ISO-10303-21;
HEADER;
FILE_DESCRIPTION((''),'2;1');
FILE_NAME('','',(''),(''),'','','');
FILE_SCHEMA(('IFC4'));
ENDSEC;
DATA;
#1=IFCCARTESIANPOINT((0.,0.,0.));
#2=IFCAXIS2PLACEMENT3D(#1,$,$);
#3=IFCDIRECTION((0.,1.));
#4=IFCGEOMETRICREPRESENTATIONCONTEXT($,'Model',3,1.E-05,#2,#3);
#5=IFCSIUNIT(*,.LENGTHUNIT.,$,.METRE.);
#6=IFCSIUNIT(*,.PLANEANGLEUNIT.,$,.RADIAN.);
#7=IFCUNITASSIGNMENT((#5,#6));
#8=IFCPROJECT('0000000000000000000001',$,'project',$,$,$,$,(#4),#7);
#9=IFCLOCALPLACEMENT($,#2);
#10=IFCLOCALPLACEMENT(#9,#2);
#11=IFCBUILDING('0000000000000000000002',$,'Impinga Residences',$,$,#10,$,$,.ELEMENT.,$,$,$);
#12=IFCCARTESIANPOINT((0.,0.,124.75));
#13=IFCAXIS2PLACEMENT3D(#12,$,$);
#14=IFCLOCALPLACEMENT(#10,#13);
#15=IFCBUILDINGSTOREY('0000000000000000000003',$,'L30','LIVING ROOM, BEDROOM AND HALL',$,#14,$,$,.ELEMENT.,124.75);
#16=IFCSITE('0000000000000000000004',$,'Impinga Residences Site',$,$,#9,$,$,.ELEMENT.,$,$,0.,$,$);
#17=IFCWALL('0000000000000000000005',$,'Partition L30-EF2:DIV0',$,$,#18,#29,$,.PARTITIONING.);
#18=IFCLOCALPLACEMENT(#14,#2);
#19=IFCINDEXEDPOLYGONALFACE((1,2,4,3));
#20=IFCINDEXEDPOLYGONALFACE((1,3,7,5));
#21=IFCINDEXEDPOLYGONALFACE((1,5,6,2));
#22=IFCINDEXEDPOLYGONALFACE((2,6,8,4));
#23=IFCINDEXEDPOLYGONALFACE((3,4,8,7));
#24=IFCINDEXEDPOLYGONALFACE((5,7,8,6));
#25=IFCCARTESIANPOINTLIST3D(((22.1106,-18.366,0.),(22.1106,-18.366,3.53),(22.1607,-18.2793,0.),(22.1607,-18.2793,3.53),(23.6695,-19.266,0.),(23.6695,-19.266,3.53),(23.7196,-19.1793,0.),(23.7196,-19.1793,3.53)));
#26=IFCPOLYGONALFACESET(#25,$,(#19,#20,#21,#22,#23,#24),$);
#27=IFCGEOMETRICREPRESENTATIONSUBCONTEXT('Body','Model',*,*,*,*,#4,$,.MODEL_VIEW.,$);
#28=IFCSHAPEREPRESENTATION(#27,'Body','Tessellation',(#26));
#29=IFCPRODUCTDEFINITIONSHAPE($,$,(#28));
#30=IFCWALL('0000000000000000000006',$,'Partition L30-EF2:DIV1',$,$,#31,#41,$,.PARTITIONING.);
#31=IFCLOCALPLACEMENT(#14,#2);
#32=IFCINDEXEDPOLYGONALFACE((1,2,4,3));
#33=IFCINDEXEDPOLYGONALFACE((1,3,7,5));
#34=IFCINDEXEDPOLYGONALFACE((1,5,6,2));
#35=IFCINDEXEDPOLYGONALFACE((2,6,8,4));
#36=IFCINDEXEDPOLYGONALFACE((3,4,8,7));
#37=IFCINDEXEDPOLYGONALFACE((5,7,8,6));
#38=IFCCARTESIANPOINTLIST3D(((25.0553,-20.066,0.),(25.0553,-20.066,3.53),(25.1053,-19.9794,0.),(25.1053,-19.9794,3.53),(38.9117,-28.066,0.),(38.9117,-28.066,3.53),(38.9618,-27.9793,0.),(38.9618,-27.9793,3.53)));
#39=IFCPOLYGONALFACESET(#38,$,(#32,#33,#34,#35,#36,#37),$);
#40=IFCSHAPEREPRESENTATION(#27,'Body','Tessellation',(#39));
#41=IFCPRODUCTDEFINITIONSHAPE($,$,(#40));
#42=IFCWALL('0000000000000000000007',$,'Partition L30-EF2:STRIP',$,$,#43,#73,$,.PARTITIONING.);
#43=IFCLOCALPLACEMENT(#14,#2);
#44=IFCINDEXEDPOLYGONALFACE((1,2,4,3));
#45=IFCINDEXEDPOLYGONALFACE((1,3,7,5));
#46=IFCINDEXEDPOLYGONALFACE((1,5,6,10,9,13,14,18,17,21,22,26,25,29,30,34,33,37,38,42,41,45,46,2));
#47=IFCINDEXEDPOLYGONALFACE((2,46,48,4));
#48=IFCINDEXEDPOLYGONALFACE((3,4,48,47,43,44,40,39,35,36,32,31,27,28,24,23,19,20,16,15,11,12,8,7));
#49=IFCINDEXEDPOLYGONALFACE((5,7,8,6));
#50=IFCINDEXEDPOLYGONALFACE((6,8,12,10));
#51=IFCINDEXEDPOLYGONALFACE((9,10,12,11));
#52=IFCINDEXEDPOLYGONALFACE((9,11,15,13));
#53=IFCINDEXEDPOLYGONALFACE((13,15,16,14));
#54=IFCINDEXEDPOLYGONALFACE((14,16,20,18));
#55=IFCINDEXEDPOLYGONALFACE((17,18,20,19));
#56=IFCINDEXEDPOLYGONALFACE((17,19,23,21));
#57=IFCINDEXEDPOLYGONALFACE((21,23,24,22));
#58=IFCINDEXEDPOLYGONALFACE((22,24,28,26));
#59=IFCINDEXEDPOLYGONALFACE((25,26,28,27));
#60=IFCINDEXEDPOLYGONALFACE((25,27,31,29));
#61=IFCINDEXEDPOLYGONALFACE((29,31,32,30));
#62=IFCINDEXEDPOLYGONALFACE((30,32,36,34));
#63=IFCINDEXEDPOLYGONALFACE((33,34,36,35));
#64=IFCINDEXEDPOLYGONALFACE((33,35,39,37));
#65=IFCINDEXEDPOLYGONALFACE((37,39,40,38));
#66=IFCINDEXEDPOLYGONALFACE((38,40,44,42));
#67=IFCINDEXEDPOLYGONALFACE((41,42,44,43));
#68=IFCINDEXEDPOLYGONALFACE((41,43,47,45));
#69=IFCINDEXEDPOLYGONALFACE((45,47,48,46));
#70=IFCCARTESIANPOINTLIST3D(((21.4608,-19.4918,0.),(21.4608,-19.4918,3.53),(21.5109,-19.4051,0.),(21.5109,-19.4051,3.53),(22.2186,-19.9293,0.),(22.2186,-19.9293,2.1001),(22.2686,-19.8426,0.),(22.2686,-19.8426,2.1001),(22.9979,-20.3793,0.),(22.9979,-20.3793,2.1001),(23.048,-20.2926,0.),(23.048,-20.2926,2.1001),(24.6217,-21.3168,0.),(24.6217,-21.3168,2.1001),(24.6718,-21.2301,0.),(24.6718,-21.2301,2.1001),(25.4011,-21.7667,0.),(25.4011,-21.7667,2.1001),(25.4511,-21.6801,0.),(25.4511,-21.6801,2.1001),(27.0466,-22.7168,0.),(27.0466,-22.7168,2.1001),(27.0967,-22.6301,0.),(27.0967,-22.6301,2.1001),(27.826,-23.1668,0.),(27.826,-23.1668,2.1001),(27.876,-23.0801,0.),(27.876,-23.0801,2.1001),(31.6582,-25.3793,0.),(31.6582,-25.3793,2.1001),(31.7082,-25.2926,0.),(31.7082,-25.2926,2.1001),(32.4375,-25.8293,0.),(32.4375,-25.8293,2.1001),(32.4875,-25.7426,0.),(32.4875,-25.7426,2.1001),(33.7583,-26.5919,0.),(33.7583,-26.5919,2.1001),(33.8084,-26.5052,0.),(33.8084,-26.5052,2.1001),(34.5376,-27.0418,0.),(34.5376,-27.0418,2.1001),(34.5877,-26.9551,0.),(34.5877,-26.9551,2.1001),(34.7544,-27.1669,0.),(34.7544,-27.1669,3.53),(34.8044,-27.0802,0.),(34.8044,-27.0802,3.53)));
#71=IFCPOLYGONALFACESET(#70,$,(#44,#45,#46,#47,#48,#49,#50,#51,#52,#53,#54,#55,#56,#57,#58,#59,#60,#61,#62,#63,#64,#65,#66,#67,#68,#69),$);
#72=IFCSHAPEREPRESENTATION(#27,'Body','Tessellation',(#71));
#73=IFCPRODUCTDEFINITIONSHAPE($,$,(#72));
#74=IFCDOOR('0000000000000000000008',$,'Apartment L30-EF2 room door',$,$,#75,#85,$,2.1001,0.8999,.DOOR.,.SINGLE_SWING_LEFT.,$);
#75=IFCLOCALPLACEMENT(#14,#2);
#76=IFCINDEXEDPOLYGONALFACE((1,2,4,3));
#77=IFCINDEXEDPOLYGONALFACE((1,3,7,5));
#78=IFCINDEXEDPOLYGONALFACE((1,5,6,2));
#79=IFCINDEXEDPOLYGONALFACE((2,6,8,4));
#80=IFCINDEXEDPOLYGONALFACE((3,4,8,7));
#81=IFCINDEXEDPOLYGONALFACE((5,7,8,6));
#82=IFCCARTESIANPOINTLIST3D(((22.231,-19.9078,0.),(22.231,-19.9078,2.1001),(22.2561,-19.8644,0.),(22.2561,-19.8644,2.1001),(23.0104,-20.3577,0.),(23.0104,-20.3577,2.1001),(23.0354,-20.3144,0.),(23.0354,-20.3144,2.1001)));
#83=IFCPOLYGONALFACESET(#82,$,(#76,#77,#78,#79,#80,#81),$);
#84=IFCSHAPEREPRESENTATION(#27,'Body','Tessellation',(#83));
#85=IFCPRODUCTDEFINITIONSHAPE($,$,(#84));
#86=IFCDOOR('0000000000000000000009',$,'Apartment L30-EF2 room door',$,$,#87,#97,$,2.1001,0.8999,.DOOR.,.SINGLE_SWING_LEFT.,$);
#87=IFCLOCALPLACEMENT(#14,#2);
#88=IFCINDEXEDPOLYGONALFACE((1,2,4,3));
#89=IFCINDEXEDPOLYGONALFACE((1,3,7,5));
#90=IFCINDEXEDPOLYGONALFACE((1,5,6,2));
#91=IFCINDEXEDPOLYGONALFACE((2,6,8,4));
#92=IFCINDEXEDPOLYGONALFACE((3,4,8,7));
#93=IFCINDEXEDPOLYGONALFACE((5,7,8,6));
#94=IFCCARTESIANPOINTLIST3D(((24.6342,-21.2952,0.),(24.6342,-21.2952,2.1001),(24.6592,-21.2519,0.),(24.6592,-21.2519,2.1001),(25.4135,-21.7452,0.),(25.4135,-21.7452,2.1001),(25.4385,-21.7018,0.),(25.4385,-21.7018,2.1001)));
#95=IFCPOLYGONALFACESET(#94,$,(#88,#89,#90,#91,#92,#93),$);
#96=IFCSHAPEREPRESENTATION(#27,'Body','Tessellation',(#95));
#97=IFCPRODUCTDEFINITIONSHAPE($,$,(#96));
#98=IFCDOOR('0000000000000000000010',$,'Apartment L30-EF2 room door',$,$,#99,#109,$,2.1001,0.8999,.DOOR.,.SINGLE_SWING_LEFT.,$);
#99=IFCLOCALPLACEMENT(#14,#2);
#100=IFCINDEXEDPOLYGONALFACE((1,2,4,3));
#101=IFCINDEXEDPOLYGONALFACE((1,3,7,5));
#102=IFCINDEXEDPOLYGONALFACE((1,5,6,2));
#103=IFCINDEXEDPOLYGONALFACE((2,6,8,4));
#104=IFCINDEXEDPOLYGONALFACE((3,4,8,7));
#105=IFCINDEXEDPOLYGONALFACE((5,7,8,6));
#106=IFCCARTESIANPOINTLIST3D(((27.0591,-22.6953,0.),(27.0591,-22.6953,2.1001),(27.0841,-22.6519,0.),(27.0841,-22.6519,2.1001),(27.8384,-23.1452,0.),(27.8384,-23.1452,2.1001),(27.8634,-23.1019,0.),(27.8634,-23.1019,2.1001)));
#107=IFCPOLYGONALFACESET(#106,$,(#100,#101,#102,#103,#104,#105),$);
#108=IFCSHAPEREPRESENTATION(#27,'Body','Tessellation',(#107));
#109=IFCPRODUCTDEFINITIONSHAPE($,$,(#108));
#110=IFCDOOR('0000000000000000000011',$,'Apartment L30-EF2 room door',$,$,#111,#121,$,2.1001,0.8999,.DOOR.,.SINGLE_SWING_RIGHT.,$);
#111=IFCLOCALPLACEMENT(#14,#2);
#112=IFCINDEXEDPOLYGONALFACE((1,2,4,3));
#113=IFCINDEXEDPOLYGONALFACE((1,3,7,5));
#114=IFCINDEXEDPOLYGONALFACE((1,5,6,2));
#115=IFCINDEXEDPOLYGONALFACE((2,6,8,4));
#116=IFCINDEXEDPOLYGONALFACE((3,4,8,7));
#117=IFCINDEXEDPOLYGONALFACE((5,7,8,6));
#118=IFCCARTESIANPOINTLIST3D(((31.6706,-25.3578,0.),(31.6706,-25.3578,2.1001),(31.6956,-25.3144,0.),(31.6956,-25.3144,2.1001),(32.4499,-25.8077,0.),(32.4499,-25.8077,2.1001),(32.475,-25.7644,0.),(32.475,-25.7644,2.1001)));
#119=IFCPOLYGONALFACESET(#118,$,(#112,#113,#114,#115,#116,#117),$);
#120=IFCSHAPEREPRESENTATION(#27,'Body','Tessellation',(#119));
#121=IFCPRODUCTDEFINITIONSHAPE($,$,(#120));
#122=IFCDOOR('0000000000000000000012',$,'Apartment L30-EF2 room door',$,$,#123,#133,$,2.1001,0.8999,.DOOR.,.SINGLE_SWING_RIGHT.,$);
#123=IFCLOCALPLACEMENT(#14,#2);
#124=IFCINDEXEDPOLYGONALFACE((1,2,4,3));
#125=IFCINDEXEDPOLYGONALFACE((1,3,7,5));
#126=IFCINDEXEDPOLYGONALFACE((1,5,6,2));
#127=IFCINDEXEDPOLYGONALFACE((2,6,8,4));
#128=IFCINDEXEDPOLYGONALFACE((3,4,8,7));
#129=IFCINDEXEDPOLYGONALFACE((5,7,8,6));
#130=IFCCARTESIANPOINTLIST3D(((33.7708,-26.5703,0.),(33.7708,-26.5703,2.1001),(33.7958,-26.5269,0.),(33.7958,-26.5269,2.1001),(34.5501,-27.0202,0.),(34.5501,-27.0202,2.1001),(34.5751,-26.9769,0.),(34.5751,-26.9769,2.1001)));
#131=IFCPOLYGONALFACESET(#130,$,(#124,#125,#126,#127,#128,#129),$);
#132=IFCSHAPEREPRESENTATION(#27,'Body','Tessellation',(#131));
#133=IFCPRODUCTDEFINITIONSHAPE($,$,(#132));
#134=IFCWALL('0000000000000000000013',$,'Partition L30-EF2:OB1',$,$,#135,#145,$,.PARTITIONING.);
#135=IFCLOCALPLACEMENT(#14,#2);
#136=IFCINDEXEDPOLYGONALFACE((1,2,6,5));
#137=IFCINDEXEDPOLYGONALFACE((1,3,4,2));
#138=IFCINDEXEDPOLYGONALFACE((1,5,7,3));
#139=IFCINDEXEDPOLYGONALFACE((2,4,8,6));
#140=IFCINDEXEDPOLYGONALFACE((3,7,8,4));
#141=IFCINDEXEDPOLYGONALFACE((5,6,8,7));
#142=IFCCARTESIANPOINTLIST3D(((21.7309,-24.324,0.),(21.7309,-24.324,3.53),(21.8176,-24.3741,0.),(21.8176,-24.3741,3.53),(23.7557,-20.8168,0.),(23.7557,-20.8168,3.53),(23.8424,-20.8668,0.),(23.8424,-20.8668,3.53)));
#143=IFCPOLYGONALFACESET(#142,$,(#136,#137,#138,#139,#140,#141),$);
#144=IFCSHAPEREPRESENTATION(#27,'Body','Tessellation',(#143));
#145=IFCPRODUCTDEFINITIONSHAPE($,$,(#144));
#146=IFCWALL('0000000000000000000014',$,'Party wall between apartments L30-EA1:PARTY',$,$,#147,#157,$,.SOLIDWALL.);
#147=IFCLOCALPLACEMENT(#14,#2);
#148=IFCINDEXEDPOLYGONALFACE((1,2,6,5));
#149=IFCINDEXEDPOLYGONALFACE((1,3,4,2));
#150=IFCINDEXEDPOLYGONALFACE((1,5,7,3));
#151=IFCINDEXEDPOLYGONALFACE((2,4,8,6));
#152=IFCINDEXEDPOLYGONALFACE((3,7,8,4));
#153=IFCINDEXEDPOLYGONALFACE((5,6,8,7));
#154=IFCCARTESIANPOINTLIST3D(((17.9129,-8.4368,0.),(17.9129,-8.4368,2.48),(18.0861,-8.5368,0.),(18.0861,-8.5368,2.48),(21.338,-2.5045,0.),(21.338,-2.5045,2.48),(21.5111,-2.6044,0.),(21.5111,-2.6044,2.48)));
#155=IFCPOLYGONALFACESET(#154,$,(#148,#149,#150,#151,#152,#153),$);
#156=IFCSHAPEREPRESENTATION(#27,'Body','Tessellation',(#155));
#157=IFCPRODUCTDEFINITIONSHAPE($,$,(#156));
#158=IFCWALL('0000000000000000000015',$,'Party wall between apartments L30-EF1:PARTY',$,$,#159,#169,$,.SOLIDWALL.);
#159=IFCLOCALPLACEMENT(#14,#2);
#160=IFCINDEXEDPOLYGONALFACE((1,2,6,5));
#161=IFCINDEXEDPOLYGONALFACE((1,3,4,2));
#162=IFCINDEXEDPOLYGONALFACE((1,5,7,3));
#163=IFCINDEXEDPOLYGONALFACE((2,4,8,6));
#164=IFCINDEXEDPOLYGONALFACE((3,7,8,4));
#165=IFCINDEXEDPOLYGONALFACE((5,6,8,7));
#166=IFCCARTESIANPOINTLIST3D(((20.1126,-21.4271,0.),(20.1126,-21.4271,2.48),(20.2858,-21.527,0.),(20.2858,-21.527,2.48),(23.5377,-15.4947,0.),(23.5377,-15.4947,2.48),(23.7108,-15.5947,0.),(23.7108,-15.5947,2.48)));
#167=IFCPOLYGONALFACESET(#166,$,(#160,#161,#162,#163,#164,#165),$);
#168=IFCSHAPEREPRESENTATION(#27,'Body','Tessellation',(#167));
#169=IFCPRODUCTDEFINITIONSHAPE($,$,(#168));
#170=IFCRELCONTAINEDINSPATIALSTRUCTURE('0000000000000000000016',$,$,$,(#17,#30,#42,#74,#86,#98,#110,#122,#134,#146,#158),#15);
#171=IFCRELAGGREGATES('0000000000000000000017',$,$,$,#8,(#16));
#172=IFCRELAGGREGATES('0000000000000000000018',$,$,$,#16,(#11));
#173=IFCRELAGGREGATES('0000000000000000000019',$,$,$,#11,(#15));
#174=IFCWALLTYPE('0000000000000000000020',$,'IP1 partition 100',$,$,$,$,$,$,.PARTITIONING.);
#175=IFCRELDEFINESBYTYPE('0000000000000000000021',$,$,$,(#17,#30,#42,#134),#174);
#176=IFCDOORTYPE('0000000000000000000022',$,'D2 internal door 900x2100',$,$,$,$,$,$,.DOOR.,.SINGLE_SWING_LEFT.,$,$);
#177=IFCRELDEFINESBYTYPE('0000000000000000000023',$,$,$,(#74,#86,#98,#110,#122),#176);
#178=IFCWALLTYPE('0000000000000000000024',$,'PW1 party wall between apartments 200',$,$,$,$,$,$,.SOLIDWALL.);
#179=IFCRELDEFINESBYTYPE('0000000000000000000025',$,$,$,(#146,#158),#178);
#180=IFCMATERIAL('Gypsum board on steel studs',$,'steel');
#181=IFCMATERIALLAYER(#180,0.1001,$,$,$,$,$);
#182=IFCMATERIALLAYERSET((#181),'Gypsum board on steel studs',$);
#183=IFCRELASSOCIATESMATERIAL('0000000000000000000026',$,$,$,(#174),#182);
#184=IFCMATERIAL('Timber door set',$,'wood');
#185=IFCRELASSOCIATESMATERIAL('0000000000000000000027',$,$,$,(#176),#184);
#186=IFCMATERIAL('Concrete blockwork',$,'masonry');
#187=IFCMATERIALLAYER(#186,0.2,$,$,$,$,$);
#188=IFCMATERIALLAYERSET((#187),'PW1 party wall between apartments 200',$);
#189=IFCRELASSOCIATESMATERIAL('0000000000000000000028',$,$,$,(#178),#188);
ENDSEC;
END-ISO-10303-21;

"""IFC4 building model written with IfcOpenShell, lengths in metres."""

from ifc_helpers import new_model, si_unit, direction, frame, frame_2d, origin, place, context, subcontext, project, spatial, rectangle, extrude, material, layer, layer_set, type_object, element, fill, save


model = new_model("IFC4")

# Units and contexts
model_context = context("Model", 3, precision=1e-05, world=origin(), true_north=direction((0.0, 1.0)))
body_context = subcontext(model_context, "Body", "Model", "MODEL_VIEW")
ifc_project = project(units=[si_unit("LENGTHUNIT", "METRE"), si_unit("PLANEANGLEUNIT", "RADIAN")], contexts=[model_context])

# Site, building, storey
site_placement = place(None, origin())
site = spatial("IfcSite", under=ifc_project, at=site_placement, Name="Impinga Residences Site", CompositionType="ELEMENT", RefElevation=0.0)
building_placement = place(site_placement, origin())
building = spatial("IfcBuilding", under=site, at=building_placement, Name="Impinga Residences", CompositionType="ELEMENT")
storey_placement = place(building_placement, frame((0.0, 0.0, 124.75)))
storey = spatial("IfcBuildingStorey", under=building, at=storey_placement, Name="L30", Description="LIVING ROOM, BEDROOM AND HALL", CompositionType="ELEMENT", Elevation=124.75)

# Shared definitions
ifc_material_1 = material(Name="Concrete blockwork", Category="masonry")
ifc_material_2 = material(Name="Timber door set", Category="wood")

# Shared definitions
ifc_material_3 = material(Name="Gypsum board on steel studs", Category="steel")
ifc_layer_1 = layer(ifc_material_3, 0.1001)
ifc_layer_set_1 = layer_set([ifc_layer_1], Name="Gypsum board on steel studs")
wall_type_1 = type_object("IfcWallType", Name="IP1 partition 100", PredefinedType="PARTITIONING", material=ifc_layer_set_1)

# Shared definitions
door_type_1 = type_object("IfcDoorType", Name="D2 internal door 900x2100", OperationType="SINGLE_SWING_LEFT", PredefinedType="DOOR", material=ifc_material_2)

# Walls
wall_1_placement = place(storey_placement, frame((22.1357, -18.3228, 0.0), z_axis=(0.0, 0.0, 1.0), x_axis=(0.866048, -0.499961, 0.0)))
element("IfcWall", 1, at=wall_1_placement, inside=storey, type_object=wall_type_1, Name="Partition L30-EF2:DIV0", PredefinedType="PARTITIONING", context=body_context, shape_type="SweptSolid", body=[
    extrude(rectangle(XDim=1.8, YDim=0.1001, at=frame_2d((0.8999, 0.0))), origin(), (0.0, 0.0, 1.0), 3.53),
])
wall_2_placement = place(storey_placement, frame((25.0803, -20.0227, 0.0), z_axis=(0.0, 0.0, 1.0), x_axis=(0.866026, -0.499999, 0.0)))
element("IfcWall", 2, at=wall_2_placement, inside=storey, type_object=wall_type_1, Name="Partition L30-EF2:DIV1", PredefinedType="PARTITIONING", context=body_context, shape_type="SweptSolid", body=[
    extrude(rectangle(XDim=16.0, YDim=0.1001, at=frame_2d((8.0, 0.0))), origin(), (0.0, 0.0, 1.0), 3.53),
])

# Wall, openings, doors
wall_3_placement = place(storey_placement, frame((21.4858, -19.4485, 0.0), z_axis=(0.0, 0.0, 1.0), x_axis=(0.866023, -0.500003, 0.0)))
wall_3 = element("IfcWall", 3, at=wall_3_placement, inside=storey, type_object=wall_type_1, Name="Partition L30-EF2:STRIP", PredefinedType="PARTITIONING", context=body_context, shape_type="SweptSolid", body=[
    extrude(rectangle(XDim=15.3501, YDim=0.1001, at=frame_2d((7.675, 0.0))), origin(), (0.0, 0.0, 1.0), 3.53),
])
opening_1_placement = place(wall_3_placement, frame((0.875, 0.0, 0.0)))
opening_1 = element("IfcOpeningElement", 4, at=opening_1_placement, cuts=wall_3, PredefinedType="OPENING", context=body_context, shape_type="SweptSolid", body=[
    extrude(rectangle(XDim=0.8999, YDim=2.1001, at=frame_2d((0.45, 1.05))), frame((0.0, 0.0601, 0.0), z_axis=(0.0, -1.0, 0.0), x_axis=(1.0, 0.0, 0.0)), (0.0, 0.0, 1.0), 0.1201),
])
opening_2_placement = place(wall_3_placement, frame((3.6499, 0.0, 0.0)))
opening_2 = element("IfcOpeningElement", 5, at=opening_2_placement, cuts=wall_3, PredefinedType="OPENING", context=body_context, shape_type="SweptSolid", body=[
    extrude(rectangle(XDim=0.8999, YDim=2.1001, at=frame_2d((0.45, 1.05))), frame((0.0, 0.0601, 0.0), z_axis=(0.0, -1.0, 0.0), x_axis=(1.0, 0.0, 0.0)), (0.0, 0.0, 1.0), 0.1201),
])
opening_3_placement = place(wall_3_placement, frame((6.45, 0.0, 0.0)))
opening_3 = element("IfcOpeningElement", 6, at=opening_3_placement, cuts=wall_3, PredefinedType="OPENING", context=body_context, shape_type="SweptSolid", body=[
    extrude(rectangle(XDim=0.8999, YDim=2.1001, at=frame_2d((0.45, 1.05))), frame((0.0, 0.0601, 0.0), z_axis=(0.0, -1.0, 0.0), x_axis=(1.0, 0.0, 0.0)), (0.0, 0.0, 1.0), 0.1201),
])
opening_4_placement = place(wall_3_placement, frame((11.7749, 0.0, 0.0)))
opening_4 = element("IfcOpeningElement", 7, at=opening_4_placement, cuts=wall_3, PredefinedType="OPENING", context=body_context, shape_type="SweptSolid", body=[
    extrude(rectangle(XDim=0.8999, YDim=2.1001, at=frame_2d((0.45, 1.05))), frame((0.0, 0.0601, 0.0), z_axis=(0.0, -1.0, 0.0), x_axis=(1.0, 0.0, 0.0)), (0.0, 0.0, 1.0), 0.1201),
])
opening_5_placement = place(wall_3_placement, frame((14.2, 0.0, 0.0)))
opening_5 = element("IfcOpeningElement", 8, at=opening_5_placement, cuts=wall_3, PredefinedType="OPENING", context=body_context, shape_type="SweptSolid", body=[
    extrude(rectangle(XDim=0.8999, YDim=2.1001, at=frame_2d((0.45, 1.05))), frame((0.0, 0.0601, 0.0), z_axis=(0.0, -1.0, 0.0), x_axis=(1.0, 0.0, 0.0)), (0.0, 0.0, 1.0), 0.1201),
])
door_1_placement = place(opening_1_placement, origin())
door_1 = element("IfcDoor", 9, at=door_1_placement, inside=storey, type_object=door_type_1, Name="Apartment L30-EF2 room door", OperationType="SINGLE_SWING_LEFT", OverallHeight=2.1001, OverallWidth=0.8999, PredefinedType="DOOR", context=body_context, shape_type="SweptSolid", body=[
    extrude(rectangle(XDim=0.8999, YDim=2.1001, at=frame_2d((0.45, 1.05))), frame((0.0, 0.0249, 0.0), z_axis=(0.0, -1.0, 0.0), x_axis=(1.0, 0.0, 0.0)), (0.0, 0.0, 1.0), 0.05),
])
fill(opening_1, door_1)
door_2_placement = place(opening_2_placement, origin())
door_2 = element("IfcDoor", 10, at=door_2_placement, inside=storey, type_object=door_type_1, Name="Apartment L30-EF2 room door", OperationType="SINGLE_SWING_LEFT", OverallHeight=2.1001, OverallWidth=0.8999, PredefinedType="DOOR", context=body_context, shape_type="SweptSolid", body=[
    extrude(rectangle(XDim=0.8999, YDim=2.1001, at=frame_2d((0.45, 1.05))), frame((0.0, 0.0249, 0.0), z_axis=(0.0, -1.0, 0.0), x_axis=(1.0, 0.0, 0.0)), (0.0, 0.0, 1.0), 0.05),
])
fill(opening_2, door_2)
door_3_placement = place(opening_3_placement, origin())
door_3 = element("IfcDoor", 11, at=door_3_placement, inside=storey, type_object=door_type_1, Name="Apartment L30-EF2 room door", OperationType="SINGLE_SWING_LEFT", OverallHeight=2.1001, OverallWidth=0.8999, PredefinedType="DOOR", context=body_context, shape_type="SweptSolid", body=[
    extrude(rectangle(XDim=0.8999, YDim=2.1001, at=frame_2d((0.45, 1.05))), frame((0.0, 0.0249, 0.0), z_axis=(0.0, -1.0, 0.0), x_axis=(1.0, 0.0, 0.0)), (0.0, 0.0, 1.0), 0.05),
])
fill(opening_3, door_3)
door_4_placement = place(opening_4_placement, origin())
door_4 = element("IfcDoor", 12, at=door_4_placement, inside=storey, type_object=door_type_1, Name="Apartment L30-EF2 room door", OperationType="SINGLE_SWING_RIGHT", OverallHeight=2.1001, OverallWidth=0.8999, PredefinedType="DOOR", context=body_context, shape_type="SweptSolid", body=[
    extrude(rectangle(XDim=0.8999, YDim=2.1001, at=frame_2d((0.45, 1.05))), frame((0.0, 0.0249, 0.0), z_axis=(0.0, -1.0, 0.0), x_axis=(1.0, 0.0, 0.0)), (0.0, 0.0, 1.0), 0.05),
])
fill(opening_4, door_4)
door_5_placement = place(opening_5_placement, origin())
door_5 = element("IfcDoor", 13, at=door_5_placement, inside=storey, type_object=door_type_1, Name="Apartment L30-EF2 room door", OperationType="SINGLE_SWING_RIGHT", OverallHeight=2.1001, OverallWidth=0.8999, PredefinedType="DOOR", context=body_context, shape_type="SweptSolid", body=[
    extrude(rectangle(XDim=0.8999, YDim=2.1001, at=frame_2d((0.45, 1.05))), frame((0.0, 0.0249, 0.0), z_axis=(0.0, -1.0, 0.0), x_axis=(1.0, 0.0, 0.0)), (0.0, 0.0, 1.0), 0.05),
])
fill(opening_5, door_5)

# Walls
wall_4_placement = place(storey_placement, frame((23.7991, -20.8418, 0.0), z_axis=(0.0, 0.0, 1.0), x_axis=(-0.49999, -0.866031, 0.0)))
element("IfcWall", 14, at=wall_4_placement, inside=storey, type_object=wall_type_1, Name="Partition L30-EF2:OB1", PredefinedType="PARTITIONING", context=body_context, shape_type="SweptSolid", body=[
    extrude(rectangle(XDim=4.0498, YDim=0.1001, at=frame_2d((2.0249, 0.0))), origin(), (0.0, 0.0, 1.0), 3.53),
])
ifc_layer_2 = layer(ifc_material_1, 0.2)
ifc_layer_set_2 = layer_set([ifc_layer_2], Name="PW1 party wall between apartments 200")
wall_type_2 = type_object("IfcWallType", Name="PW1 party wall between apartments 200", PredefinedType="SOLIDWALL", material=ifc_layer_set_2)
for number, where, z_axis, x_axis, name in (
    (15, (17.9995, -8.4868, 0.0), (0.0, 0.0, 1.0), (0.499999, 0.866026, 0.0), "Party wall between apartments L30-EA1:PARTY"),
    (16, (23.6243, -15.5447, 0.0), (0.0, 0.0, 1.0), (-0.499999, -0.866026, 0.0), "Party wall between apartments L30-EF1:PARTY"),
):
    element("IfcWall", number, at=place(storey_placement, frame(where, z_axis=z_axis, x_axis=x_axis)), inside=storey, type_object=wall_type_2, Name=name, PredefinedType="SOLIDWALL", context=body_context, shape_type="SweptSolid", body=[
        extrude(rectangle(XDim=6.8501, YDim=0.2, at=frame_2d((3.425, 0.0))), origin(), (0.0, 0.0, 1.0), 2.48),
    ])

save(model, "model.ifc")
